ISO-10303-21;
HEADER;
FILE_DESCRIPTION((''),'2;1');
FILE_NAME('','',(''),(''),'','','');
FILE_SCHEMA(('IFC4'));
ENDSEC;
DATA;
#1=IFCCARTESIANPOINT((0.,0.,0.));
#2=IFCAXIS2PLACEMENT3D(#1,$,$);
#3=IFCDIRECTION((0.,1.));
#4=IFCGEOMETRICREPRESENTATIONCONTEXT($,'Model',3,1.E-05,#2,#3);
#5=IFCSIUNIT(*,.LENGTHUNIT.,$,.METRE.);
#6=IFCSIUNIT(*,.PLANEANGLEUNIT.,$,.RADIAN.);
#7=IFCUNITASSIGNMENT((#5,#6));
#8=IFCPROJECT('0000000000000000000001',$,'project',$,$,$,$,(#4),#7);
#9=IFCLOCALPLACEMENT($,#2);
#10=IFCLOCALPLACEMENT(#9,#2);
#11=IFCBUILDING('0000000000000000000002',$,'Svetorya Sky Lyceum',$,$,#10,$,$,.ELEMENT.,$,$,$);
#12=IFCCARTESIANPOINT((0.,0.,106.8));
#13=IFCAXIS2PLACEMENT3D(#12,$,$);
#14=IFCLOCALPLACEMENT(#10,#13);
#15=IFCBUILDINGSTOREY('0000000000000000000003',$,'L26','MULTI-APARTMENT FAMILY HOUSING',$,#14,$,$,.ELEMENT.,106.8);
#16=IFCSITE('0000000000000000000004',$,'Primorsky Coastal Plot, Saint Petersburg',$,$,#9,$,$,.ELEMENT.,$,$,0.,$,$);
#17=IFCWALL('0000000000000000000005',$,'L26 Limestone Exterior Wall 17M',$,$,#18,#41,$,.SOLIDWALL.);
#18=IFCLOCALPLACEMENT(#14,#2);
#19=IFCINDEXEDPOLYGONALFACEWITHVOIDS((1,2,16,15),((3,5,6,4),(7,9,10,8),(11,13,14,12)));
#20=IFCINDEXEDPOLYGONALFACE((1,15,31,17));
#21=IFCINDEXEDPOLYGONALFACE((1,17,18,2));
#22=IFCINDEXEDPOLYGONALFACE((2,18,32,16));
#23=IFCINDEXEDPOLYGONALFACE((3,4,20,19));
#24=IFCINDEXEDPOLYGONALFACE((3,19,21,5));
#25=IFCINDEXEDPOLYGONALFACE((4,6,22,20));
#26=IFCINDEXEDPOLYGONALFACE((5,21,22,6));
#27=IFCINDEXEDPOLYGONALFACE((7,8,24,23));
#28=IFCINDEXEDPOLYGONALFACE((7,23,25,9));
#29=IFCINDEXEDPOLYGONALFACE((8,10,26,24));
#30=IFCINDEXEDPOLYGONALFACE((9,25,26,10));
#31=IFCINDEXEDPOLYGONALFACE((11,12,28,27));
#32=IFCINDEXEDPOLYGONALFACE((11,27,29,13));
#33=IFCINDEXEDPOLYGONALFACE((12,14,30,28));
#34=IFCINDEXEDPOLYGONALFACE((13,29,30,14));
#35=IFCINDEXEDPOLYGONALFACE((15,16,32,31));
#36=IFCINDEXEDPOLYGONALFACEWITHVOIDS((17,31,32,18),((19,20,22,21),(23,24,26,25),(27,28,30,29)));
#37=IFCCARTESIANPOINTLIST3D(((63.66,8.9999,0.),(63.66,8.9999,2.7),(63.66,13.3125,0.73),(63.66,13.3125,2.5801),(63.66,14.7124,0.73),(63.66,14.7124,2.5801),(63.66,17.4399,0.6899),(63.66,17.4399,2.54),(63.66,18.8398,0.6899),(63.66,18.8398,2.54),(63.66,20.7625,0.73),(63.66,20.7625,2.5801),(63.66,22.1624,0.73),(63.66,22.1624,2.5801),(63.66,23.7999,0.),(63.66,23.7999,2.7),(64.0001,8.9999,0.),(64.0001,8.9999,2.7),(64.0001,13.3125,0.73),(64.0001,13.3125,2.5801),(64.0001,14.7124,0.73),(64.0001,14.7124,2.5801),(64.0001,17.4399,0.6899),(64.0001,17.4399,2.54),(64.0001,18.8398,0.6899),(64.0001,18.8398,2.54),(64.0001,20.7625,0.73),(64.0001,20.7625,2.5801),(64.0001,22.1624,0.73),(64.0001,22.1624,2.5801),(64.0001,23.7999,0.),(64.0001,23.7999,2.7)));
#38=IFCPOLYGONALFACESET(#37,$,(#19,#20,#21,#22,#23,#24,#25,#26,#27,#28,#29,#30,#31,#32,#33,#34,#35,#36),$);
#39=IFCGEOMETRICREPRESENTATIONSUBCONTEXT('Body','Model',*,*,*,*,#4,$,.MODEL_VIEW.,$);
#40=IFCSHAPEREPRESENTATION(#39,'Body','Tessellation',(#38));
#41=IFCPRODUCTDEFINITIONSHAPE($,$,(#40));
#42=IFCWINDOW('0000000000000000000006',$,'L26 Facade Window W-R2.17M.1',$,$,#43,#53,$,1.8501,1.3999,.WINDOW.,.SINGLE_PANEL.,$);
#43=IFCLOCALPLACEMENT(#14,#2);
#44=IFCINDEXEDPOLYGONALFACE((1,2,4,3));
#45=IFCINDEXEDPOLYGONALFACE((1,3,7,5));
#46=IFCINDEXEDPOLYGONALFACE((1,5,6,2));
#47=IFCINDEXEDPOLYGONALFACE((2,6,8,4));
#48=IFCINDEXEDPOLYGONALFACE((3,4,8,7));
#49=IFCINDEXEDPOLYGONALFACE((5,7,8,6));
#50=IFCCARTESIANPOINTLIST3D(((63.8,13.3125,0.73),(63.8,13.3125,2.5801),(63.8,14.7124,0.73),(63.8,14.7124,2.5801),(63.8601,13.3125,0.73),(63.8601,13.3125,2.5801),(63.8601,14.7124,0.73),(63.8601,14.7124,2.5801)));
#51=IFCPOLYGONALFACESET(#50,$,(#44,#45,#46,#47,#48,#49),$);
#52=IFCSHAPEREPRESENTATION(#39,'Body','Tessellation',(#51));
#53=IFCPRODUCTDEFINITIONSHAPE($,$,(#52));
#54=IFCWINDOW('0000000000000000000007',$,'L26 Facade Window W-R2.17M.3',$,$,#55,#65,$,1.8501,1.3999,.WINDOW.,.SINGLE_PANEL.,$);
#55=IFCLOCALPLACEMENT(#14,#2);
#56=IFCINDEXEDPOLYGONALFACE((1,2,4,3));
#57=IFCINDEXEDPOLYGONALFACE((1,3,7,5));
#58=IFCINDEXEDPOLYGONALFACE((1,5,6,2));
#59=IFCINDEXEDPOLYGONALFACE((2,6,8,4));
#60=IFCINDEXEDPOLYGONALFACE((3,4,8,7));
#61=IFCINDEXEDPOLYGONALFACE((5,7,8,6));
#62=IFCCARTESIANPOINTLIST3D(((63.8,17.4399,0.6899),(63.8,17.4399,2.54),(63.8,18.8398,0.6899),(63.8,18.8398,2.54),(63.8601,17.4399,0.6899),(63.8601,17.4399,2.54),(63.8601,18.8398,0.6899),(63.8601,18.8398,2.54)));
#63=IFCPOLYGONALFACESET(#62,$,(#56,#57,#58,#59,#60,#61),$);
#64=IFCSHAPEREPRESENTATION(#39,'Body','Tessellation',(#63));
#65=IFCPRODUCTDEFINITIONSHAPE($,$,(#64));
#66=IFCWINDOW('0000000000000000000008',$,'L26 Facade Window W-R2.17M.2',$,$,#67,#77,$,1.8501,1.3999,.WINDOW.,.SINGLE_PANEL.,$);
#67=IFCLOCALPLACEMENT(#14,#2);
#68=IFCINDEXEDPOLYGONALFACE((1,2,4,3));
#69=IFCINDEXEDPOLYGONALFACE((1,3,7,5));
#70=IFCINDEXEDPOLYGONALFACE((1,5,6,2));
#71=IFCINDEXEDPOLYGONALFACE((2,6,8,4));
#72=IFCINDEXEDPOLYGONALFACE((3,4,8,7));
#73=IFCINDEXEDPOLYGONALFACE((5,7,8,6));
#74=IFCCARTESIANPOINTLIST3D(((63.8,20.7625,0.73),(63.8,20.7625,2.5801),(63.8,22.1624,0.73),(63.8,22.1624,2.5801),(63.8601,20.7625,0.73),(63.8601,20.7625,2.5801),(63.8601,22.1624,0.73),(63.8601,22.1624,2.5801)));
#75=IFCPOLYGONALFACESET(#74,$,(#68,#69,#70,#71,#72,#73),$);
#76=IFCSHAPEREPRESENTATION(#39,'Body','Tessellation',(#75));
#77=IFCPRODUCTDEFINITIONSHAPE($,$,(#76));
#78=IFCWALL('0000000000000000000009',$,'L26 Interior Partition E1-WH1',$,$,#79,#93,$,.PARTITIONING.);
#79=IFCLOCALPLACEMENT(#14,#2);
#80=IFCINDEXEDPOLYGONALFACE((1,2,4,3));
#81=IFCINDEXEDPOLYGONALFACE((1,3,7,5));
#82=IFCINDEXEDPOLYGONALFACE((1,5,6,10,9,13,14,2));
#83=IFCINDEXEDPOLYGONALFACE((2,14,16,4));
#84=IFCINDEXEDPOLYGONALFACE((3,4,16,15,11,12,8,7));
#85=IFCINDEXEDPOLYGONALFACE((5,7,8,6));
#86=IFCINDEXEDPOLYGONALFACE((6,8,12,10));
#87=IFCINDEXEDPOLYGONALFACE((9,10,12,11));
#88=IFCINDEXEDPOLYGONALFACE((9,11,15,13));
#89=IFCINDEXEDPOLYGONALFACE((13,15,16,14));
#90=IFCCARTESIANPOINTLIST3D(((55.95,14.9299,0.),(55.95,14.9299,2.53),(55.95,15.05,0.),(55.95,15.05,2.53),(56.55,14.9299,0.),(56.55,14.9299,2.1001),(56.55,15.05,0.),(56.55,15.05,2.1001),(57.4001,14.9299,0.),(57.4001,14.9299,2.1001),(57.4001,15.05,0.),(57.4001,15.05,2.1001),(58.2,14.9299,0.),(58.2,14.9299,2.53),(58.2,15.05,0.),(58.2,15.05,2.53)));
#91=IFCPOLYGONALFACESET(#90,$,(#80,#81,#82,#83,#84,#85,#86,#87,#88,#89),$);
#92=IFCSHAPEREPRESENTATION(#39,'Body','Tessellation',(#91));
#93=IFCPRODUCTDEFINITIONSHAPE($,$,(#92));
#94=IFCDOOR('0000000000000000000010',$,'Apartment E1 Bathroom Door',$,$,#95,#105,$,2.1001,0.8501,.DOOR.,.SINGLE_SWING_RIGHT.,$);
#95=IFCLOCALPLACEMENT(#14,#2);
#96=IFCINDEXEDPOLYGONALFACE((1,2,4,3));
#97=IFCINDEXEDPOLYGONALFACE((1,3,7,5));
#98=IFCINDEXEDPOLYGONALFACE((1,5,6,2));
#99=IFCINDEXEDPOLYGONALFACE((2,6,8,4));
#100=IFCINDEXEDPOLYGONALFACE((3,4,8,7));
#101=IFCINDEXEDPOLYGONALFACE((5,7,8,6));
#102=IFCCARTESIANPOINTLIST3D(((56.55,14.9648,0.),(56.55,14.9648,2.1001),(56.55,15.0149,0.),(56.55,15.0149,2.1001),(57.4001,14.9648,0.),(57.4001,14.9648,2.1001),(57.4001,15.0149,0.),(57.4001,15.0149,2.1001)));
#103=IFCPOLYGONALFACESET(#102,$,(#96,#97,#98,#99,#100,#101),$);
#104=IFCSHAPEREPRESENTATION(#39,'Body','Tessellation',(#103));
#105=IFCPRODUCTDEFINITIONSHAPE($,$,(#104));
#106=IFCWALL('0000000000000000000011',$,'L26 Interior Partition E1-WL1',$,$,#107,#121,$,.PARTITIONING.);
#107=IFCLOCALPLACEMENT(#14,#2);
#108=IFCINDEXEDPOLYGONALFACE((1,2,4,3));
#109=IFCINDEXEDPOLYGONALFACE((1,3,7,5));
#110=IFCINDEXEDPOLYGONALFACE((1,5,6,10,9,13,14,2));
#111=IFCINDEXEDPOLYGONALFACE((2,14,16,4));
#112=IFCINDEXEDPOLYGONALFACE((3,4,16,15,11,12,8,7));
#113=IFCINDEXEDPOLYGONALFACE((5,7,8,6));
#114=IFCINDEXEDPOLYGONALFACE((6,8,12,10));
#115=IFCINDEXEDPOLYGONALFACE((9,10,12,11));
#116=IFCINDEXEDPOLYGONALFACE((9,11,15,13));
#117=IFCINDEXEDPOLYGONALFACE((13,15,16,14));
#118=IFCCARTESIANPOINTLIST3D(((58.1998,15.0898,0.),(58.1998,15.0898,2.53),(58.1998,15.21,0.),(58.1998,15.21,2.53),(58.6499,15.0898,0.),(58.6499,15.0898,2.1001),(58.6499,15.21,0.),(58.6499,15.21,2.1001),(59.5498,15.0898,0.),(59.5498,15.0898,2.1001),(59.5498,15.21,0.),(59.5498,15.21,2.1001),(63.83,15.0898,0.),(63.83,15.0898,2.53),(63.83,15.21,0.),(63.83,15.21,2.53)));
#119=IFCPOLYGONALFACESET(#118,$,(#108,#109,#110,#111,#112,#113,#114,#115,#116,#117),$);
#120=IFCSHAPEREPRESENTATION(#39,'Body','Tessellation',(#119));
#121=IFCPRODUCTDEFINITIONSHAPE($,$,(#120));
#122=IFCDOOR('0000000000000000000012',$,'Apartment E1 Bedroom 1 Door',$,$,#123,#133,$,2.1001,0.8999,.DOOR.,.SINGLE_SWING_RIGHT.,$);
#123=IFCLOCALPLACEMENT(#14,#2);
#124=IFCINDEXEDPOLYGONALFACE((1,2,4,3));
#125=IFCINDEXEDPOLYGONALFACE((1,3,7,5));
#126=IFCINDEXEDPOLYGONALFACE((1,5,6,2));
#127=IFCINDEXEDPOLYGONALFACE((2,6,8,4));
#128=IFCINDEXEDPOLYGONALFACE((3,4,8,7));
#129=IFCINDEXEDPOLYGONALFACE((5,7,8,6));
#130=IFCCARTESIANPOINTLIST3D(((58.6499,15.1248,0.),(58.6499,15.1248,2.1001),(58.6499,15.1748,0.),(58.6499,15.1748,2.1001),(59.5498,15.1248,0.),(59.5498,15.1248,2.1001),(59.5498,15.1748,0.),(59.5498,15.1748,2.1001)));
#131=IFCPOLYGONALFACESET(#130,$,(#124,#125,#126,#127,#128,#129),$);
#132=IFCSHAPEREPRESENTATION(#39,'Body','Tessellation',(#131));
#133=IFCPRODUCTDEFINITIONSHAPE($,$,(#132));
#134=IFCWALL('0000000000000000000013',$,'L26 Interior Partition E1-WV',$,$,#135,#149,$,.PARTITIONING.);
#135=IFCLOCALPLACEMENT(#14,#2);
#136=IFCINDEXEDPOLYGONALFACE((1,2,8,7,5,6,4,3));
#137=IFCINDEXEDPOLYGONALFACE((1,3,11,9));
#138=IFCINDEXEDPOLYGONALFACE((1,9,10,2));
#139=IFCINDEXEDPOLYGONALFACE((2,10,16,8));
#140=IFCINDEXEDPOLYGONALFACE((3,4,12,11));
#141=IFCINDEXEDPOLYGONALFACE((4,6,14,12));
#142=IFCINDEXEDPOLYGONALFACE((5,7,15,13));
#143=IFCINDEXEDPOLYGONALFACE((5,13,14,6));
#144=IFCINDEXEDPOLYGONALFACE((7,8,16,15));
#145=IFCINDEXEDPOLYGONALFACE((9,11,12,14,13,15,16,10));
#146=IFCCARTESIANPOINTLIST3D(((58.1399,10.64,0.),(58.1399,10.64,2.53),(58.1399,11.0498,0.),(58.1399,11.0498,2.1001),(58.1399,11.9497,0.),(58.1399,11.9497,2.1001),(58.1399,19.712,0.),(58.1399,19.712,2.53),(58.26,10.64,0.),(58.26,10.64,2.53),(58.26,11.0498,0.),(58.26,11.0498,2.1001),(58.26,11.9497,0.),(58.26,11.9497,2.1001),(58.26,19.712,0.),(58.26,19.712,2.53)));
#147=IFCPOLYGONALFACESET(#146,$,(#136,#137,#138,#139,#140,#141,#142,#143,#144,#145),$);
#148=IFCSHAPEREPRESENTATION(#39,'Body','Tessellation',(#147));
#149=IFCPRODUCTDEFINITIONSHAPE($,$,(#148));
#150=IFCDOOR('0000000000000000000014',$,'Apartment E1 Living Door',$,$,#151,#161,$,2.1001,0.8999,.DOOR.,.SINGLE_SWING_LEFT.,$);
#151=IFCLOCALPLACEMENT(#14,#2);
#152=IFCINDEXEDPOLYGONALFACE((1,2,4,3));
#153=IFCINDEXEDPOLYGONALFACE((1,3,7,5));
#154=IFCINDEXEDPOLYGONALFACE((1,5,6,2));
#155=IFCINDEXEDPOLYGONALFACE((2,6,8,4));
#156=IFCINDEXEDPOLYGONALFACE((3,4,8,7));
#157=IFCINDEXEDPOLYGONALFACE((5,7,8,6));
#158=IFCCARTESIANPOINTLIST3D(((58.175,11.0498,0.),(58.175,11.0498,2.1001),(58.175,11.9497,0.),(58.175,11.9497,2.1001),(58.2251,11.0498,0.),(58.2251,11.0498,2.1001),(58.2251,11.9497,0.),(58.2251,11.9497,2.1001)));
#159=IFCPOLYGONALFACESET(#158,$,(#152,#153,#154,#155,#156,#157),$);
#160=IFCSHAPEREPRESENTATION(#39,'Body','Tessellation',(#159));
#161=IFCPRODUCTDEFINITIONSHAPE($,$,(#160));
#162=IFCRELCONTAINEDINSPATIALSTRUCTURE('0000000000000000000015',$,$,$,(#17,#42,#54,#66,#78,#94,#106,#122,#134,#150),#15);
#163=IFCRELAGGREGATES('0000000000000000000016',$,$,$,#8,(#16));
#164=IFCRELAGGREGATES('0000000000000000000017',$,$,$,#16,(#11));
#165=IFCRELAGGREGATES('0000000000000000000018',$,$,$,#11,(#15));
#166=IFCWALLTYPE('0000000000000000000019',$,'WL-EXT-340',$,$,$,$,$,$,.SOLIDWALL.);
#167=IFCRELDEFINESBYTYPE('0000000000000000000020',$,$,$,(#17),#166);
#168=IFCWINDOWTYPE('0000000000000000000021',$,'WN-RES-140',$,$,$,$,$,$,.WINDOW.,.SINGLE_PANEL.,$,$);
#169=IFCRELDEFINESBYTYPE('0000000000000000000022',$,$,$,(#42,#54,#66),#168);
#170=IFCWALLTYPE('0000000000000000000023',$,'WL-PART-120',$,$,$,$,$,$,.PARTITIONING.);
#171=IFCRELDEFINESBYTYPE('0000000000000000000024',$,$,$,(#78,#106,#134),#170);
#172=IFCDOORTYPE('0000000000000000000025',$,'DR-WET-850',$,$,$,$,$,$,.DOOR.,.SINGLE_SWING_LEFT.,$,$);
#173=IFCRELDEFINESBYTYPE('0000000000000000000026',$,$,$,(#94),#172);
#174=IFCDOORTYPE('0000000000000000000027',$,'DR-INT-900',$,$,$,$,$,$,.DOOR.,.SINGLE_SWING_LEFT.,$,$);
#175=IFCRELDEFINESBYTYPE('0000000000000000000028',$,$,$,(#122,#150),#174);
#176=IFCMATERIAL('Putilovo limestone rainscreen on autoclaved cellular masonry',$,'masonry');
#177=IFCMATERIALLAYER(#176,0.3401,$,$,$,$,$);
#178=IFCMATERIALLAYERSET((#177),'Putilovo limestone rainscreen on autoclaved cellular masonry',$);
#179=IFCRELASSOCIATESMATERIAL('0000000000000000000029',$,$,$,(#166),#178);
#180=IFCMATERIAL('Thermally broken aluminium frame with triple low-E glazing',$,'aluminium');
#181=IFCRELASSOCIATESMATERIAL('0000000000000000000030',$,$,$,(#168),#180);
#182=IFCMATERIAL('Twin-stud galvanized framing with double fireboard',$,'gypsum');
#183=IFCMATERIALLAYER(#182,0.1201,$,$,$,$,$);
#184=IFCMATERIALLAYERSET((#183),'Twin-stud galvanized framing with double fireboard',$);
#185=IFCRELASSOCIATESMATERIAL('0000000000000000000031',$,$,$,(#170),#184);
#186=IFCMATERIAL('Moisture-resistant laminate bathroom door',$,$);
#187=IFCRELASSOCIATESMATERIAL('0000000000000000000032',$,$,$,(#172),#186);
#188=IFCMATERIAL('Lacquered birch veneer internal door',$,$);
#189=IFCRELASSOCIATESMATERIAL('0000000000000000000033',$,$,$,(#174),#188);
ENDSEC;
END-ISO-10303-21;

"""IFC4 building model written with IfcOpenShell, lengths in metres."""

from ifc_helpers import new_model, si_unit, direction, frame, frame_2d, origin, place, context, subcontext, project, spatial, rectangle, extrude, material, layer, layer_set, type_object, element, fill, save


model = new_model("IFC4")

# Units and contexts
model_context = context("Model", 3, precision=1e-05, world=origin(), true_north=direction((0.0, 1.0)))
body_context = subcontext(model_context, "Body", "Model", "MODEL_VIEW")
ifc_project = project(units=[si_unit("LENGTHUNIT", "METRE"), si_unit("PLANEANGLEUNIT", "RADIAN")], contexts=[model_context])

# Site, building, storey
site_placement = place(None, origin())
site = spatial("IfcSite", under=ifc_project, at=site_placement, Name="Primorsky Coastal Plot, Saint Petersburg", CompositionType="ELEMENT", RefElevation=0.0)
building_placement = place(site_placement, origin())
building = spatial("IfcBuilding", under=site, at=building_placement, Name="Svetorya Sky Lyceum", CompositionType="ELEMENT")
storey_placement = place(building_placement, frame((0.0, 0.0, 106.8)))
storey = spatial("IfcBuildingStorey", under=building, at=storey_placement, Name="L26", Description="MULTI-APARTMENT FAMILY HOUSING", CompositionType="ELEMENT", Elevation=106.8)

# Shared definitions
ifc_material_1 = material(Name="Putilovo limestone rainscreen on autoclaved cellular masonry", Category="masonry")
ifc_layer_1 = layer(ifc_material_1, 0.3401)
ifc_layer_set_1 = layer_set([ifc_layer_1], Name="Putilovo limestone rainscreen on autoclaved cellular masonry")
wall_type_1 = type_object("IfcWallType", Name="WL-EXT-340", PredefinedType="SOLIDWALL", material=ifc_layer_set_1)

# Wall, openings, windows
wall_1_placement = place(storey_placement, frame((63.8301, 9.0, 0.0), z_axis=(0.0, 0.0, 1.0), x_axis=(0.0, 1.0, 0.0)))
wall_1 = element("IfcWall", 1, at=wall_1_placement, inside=storey, type_object=wall_type_1, Name="L26 Limestone Exterior Wall 17M", PredefinedType="SOLIDWALL", context=body_context, shape_type="SweptSolid", body=[
    extrude(rectangle(XDim=14.8, YDim=0.3401, at=frame_2d((7.3999, 0.0))), origin(), (0.0, 0.0, 1.0), 2.7),
])
opening_1_placement = place(wall_1_placement, frame((4.3125, 0.0, 0.73)))
opening_1 = element("IfcOpeningElement", 2, at=opening_1_placement, cuts=wall_1, PredefinedType="OPENING", context=body_context, shape_type="SweptSolid", body=[
    extrude(rectangle(XDim=1.3999, YDim=1.8501, at=frame_2d((0.7, 0.925))), frame((0.0, 0.1799, 0.0), z_axis=(0.0, -1.0, 0.0), x_axis=(1.0, 0.0, 0.0)), (0.0, 0.0, 1.0), 0.3601),
])
opening_2_placement = place(wall_1_placement, frame((8.4399, 0.0, 0.6899)))
opening_2 = element("IfcOpeningElement", 3, at=opening_2_placement, cuts=wall_1, PredefinedType="OPENING", context=body_context, shape_type="SweptSolid", body=[
    extrude(rectangle(XDim=1.3999, YDim=1.8501, at=frame_2d((0.7, 0.925))), frame((0.0, 0.1799, 0.0), z_axis=(0.0, -1.0, 0.0), x_axis=(1.0, 0.0, 0.0)), (0.0, 0.0, 1.0), 0.3601),
])
opening_3_placement = place(wall_1_placement, frame((11.7625, 0.0, 0.73)))
opening_3 = element("IfcOpeningElement", 4, at=opening_3_placement, cuts=wall_1, PredefinedType="OPENING", context=body_context, shape_type="SweptSolid", body=[
    extrude(rectangle(XDim=1.3999, YDim=1.8501, at=frame_2d((0.7, 0.925))), frame((0.0, 0.1799, 0.0), z_axis=(0.0, -1.0, 0.0), x_axis=(1.0, 0.0, 0.0)), (0.0, 0.0, 1.0), 0.3601),
])
ifc_material_2 = material(Name="Thermally broken aluminium frame with triple low-E glazing", Category="aluminium")
window_type = type_object("IfcWindowType", Name="WN-RES-140", PartitioningType="SINGLE_PANEL", PredefinedType="WINDOW", material=ifc_material_2)
window_1_placement = place(opening_1_placement, origin())
window_1 = element("IfcWindow", 5, at=window_1_placement, inside=storey, type_object=window_type, Name="L26 Facade Window W-R2.17M.1", OverallHeight=1.8501, OverallWidth=1.3999, PartitioningType="SINGLE_PANEL", PredefinedType="WINDOW", context=body_context, shape_type="SweptSolid", body=[
    extrude(rectangle(XDim=1.3999, YDim=1.8501, at=frame_2d((0.7, 0.925))), frame((0.0, 0.03, 0.0), z_axis=(0.0, -1.0, 0.0), x_axis=(1.0, 0.0, 0.0)), (0.0, 0.0, 1.0), 0.0601),
])
fill(opening_1, window_1)
window_2_placement = place(opening_2_placement, origin())
window_2 = element("IfcWindow", 6, at=window_2_placement, inside=storey, type_object=window_type, Name="L26 Facade Window W-R2.17M.3", OverallHeight=1.8501, OverallWidth=1.3999, PartitioningType="SINGLE_PANEL", PredefinedType="WINDOW", context=body_context, shape_type="SweptSolid", body=[
    extrude(rectangle(XDim=1.3999, YDim=1.8501, at=frame_2d((0.7, 0.925))), frame((0.0, 0.03, 0.0), z_axis=(0.0, -1.0, 0.0), x_axis=(1.0, 0.0, 0.0)), (0.0, 0.0, 1.0), 0.0601),
])
fill(opening_2, window_2)
window_3_placement = place(opening_3_placement, origin())
window_3 = element("IfcWindow", 7, at=window_3_placement, inside=storey, type_object=window_type, Name="L26 Facade Window W-R2.17M.2", OverallHeight=1.8501, OverallWidth=1.3999, PartitioningType="SINGLE_PANEL", PredefinedType="WINDOW", context=body_context, shape_type="SweptSolid", body=[
    extrude(rectangle(XDim=1.3999, YDim=1.8501, at=frame_2d((0.7, 0.925))), frame((0.0, 0.03, 0.0), z_axis=(0.0, -1.0, 0.0), x_axis=(1.0, 0.0, 0.0)), (0.0, 0.0, 1.0), 0.0601),
])
fill(opening_3, window_3)

# Walls, openings, doors
ifc_material_3 = material(Name="Twin-stud galvanized framing with double fireboard", Category="gypsum")
ifc_layer_2 = layer(ifc_material_3, 0.1201)
ifc_layer_set_2 = layer_set([ifc_layer_2], Name="Twin-stud galvanized framing with double fireboard")
wall_type_2 = type_object("IfcWallType", Name="WL-PART-120", PredefinedType="PARTITIONING", material=ifc_layer_set_2)
wall_2_placement = place(storey_placement, frame((55.95, 14.99, 0.0), z_axis=(0.0, 0.0, 1.0), x_axis=(1.0, 0.0, 0.0)))
wall_2 = element("IfcWall", 8, at=wall_2_placement, inside=storey, type_object=wall_type_2, Name="L26 Interior Partition E1-WH1", PredefinedType="PARTITIONING", context=body_context, shape_type="SweptSolid", body=[
    extrude(rectangle(XDim=2.25, YDim=0.1201, at=frame_2d((1.125, 0.0))), origin(), (0.0, 0.0, 1.0), 2.53),
])
opening_4_placement = place(wall_2_placement, frame((0.6001, 0.0, 0.0)))
opening_4 = element("IfcOpeningElement", 9, at=opening_4_placement, cuts=wall_2, PredefinedType="OPENING", context=body_context, shape_type="SweptSolid", body=[
    extrude(rectangle(XDim=0.8501, YDim=2.1001, at=frame_2d((0.425, 1.05))), frame((0.0, 0.0701, 0.0), z_axis=(0.0, -1.0, 0.0), x_axis=(1.0, 0.0, 0.0)), (0.0, 0.0, 1.0), 0.1401),
])
ifc_material_4 = material(Name="Moisture-resistant laminate bathroom door")
door_type_1 = type_object("IfcDoorType", Name="DR-WET-850", OperationType="SINGLE_SWING_LEFT", PredefinedType="DOOR", material=ifc_material_4)
door_1_placement = place(opening_4_placement, origin())
door_1 = element("IfcDoor", 10, at=door_1_placement, inside=storey, type_object=door_type_1, Name="Apartment E1 Bathroom Door", OperationType="SINGLE_SWING_RIGHT", OverallHeight=2.1001, OverallWidth=0.8501, PredefinedType="DOOR", context=body_context, shape_type="SweptSolid", body=[
    extrude(rectangle(XDim=0.8501, YDim=2.1001, at=frame_2d((0.425, 1.05))), frame((0.0, 0.0249, 0.0), z_axis=(0.0, -1.0, 0.0), x_axis=(1.0, 0.0, 0.0)), (0.0, 0.0, 1.0), 0.05),
])
fill(opening_4, door_1)
wall_3_placement = place(storey_placement, frame((58.2, 15.1499, 0.0), z_axis=(0.0, 0.0, 1.0), x_axis=(1.0, 0.0, 0.0)))
wall_3 = element("IfcWall", 11, at=wall_3_placement, inside=storey, type_object=wall_type_2, Name="L26 Interior Partition E1-WL1", PredefinedType="PARTITIONING", context=body_context, shape_type="SweptSolid", body=[
    extrude(rectangle(XDim=5.6301, YDim=0.1201, at=frame_2d((2.8149, 0.0))), origin(), (0.0, 0.0, 1.0), 2.53),
])
opening_5_placement = place(wall_3_placement, frame((0.45, 0.0, 0.0)))
opening_5 = element("IfcOpeningElement", 12, at=opening_5_placement, cuts=wall_3, PredefinedType="OPENING", context=body_context, shape_type="SweptSolid", body=[
    extrude(rectangle(XDim=0.8999, YDim=2.1001, at=frame_2d((0.45, 1.05))), frame((0.0, 0.0701, 0.0), z_axis=(0.0, -1.0, 0.0), x_axis=(1.0, 0.0, 0.0)), (0.0, 0.0, 1.0), 0.1401),
])
ifc_material_5 = material(Name="Lacquered birch veneer internal door")
door_type_2 = type_object("IfcDoorType", Name="DR-INT-900", OperationType="SINGLE_SWING_LEFT", PredefinedType="DOOR", material=ifc_material_5)
door_2_placement = place(opening_5_placement, origin())
door_2 = element("IfcDoor", 13, at=door_2_placement, inside=storey, type_object=door_type_2, Name="Apartment E1 Bedroom 1 Door", OperationType="SINGLE_SWING_RIGHT", OverallHeight=2.1001, OverallWidth=0.8999, PredefinedType="DOOR", context=body_context, shape_type="SweptSolid", body=[
    extrude(rectangle(XDim=0.8999, YDim=2.1001, at=frame_2d((0.45, 1.05))), frame((0.0, 0.0249, 0.0), z_axis=(0.0, -1.0, 0.0), x_axis=(1.0, 0.0, 0.0)), (0.0, 0.0, 1.0), 0.05),
])
fill(opening_5, door_2)
wall_4_placement = place(storey_placement, frame((58.2, 10.6399, 0.0), z_axis=(0.0, 0.0, 1.0), x_axis=(0.0, 1.0, 0.0)))
wall_4 = element("IfcWall", 14, at=wall_4_placement, inside=storey, type_object=wall_type_2, Name="L26 Interior Partition E1-WV", PredefinedType="PARTITIONING", context=body_context, shape_type="SweptSolid", body=[
    extrude(rectangle(XDim=9.072, YDim=0.1201, at=frame_2d((4.5361, 0.0))), origin(), (0.0, 0.0, 1.0), 2.53),
])
opening_6_placement = place(wall_4_placement, frame((0.4099, 0.0, 0.0)))
opening_6 = element("IfcOpeningElement", 15, at=opening_6_placement, cuts=wall_4, PredefinedType="OPENING", context=body_context, shape_type="SweptSolid", body=[
    extrude(rectangle(XDim=0.8999, YDim=2.1001, at=frame_2d((0.45, 1.05))), frame((0.0, 0.0701, 0.0), z_axis=(0.0, -1.0, 0.0), x_axis=(1.0, 0.0, 0.0)), (0.0, 0.0, 1.0), 0.1401),
])
door_3_placement = place(opening_6_placement, origin())
door_3 = element("IfcDoor", 16, at=door_3_placement, inside=storey, type_object=door_type_2, Name="Apartment E1 Living Door", OperationType="SINGLE_SWING_LEFT", OverallHeight=2.1001, OverallWidth=0.8999, PredefinedType="DOOR", context=body_context, shape_type="SweptSolid", body=[
    extrude(rectangle(XDim=0.8999, YDim=2.1001, at=frame_2d((0.45, 1.05))), frame((0.0, 0.0249, 0.0), z_axis=(0.0, -1.0, 0.0), x_axis=(1.0, 0.0, 0.0)), (0.0, 0.0, 1.0), 0.05),
])
fill(opening_6, door_3)

save(model, "model.ifc")
